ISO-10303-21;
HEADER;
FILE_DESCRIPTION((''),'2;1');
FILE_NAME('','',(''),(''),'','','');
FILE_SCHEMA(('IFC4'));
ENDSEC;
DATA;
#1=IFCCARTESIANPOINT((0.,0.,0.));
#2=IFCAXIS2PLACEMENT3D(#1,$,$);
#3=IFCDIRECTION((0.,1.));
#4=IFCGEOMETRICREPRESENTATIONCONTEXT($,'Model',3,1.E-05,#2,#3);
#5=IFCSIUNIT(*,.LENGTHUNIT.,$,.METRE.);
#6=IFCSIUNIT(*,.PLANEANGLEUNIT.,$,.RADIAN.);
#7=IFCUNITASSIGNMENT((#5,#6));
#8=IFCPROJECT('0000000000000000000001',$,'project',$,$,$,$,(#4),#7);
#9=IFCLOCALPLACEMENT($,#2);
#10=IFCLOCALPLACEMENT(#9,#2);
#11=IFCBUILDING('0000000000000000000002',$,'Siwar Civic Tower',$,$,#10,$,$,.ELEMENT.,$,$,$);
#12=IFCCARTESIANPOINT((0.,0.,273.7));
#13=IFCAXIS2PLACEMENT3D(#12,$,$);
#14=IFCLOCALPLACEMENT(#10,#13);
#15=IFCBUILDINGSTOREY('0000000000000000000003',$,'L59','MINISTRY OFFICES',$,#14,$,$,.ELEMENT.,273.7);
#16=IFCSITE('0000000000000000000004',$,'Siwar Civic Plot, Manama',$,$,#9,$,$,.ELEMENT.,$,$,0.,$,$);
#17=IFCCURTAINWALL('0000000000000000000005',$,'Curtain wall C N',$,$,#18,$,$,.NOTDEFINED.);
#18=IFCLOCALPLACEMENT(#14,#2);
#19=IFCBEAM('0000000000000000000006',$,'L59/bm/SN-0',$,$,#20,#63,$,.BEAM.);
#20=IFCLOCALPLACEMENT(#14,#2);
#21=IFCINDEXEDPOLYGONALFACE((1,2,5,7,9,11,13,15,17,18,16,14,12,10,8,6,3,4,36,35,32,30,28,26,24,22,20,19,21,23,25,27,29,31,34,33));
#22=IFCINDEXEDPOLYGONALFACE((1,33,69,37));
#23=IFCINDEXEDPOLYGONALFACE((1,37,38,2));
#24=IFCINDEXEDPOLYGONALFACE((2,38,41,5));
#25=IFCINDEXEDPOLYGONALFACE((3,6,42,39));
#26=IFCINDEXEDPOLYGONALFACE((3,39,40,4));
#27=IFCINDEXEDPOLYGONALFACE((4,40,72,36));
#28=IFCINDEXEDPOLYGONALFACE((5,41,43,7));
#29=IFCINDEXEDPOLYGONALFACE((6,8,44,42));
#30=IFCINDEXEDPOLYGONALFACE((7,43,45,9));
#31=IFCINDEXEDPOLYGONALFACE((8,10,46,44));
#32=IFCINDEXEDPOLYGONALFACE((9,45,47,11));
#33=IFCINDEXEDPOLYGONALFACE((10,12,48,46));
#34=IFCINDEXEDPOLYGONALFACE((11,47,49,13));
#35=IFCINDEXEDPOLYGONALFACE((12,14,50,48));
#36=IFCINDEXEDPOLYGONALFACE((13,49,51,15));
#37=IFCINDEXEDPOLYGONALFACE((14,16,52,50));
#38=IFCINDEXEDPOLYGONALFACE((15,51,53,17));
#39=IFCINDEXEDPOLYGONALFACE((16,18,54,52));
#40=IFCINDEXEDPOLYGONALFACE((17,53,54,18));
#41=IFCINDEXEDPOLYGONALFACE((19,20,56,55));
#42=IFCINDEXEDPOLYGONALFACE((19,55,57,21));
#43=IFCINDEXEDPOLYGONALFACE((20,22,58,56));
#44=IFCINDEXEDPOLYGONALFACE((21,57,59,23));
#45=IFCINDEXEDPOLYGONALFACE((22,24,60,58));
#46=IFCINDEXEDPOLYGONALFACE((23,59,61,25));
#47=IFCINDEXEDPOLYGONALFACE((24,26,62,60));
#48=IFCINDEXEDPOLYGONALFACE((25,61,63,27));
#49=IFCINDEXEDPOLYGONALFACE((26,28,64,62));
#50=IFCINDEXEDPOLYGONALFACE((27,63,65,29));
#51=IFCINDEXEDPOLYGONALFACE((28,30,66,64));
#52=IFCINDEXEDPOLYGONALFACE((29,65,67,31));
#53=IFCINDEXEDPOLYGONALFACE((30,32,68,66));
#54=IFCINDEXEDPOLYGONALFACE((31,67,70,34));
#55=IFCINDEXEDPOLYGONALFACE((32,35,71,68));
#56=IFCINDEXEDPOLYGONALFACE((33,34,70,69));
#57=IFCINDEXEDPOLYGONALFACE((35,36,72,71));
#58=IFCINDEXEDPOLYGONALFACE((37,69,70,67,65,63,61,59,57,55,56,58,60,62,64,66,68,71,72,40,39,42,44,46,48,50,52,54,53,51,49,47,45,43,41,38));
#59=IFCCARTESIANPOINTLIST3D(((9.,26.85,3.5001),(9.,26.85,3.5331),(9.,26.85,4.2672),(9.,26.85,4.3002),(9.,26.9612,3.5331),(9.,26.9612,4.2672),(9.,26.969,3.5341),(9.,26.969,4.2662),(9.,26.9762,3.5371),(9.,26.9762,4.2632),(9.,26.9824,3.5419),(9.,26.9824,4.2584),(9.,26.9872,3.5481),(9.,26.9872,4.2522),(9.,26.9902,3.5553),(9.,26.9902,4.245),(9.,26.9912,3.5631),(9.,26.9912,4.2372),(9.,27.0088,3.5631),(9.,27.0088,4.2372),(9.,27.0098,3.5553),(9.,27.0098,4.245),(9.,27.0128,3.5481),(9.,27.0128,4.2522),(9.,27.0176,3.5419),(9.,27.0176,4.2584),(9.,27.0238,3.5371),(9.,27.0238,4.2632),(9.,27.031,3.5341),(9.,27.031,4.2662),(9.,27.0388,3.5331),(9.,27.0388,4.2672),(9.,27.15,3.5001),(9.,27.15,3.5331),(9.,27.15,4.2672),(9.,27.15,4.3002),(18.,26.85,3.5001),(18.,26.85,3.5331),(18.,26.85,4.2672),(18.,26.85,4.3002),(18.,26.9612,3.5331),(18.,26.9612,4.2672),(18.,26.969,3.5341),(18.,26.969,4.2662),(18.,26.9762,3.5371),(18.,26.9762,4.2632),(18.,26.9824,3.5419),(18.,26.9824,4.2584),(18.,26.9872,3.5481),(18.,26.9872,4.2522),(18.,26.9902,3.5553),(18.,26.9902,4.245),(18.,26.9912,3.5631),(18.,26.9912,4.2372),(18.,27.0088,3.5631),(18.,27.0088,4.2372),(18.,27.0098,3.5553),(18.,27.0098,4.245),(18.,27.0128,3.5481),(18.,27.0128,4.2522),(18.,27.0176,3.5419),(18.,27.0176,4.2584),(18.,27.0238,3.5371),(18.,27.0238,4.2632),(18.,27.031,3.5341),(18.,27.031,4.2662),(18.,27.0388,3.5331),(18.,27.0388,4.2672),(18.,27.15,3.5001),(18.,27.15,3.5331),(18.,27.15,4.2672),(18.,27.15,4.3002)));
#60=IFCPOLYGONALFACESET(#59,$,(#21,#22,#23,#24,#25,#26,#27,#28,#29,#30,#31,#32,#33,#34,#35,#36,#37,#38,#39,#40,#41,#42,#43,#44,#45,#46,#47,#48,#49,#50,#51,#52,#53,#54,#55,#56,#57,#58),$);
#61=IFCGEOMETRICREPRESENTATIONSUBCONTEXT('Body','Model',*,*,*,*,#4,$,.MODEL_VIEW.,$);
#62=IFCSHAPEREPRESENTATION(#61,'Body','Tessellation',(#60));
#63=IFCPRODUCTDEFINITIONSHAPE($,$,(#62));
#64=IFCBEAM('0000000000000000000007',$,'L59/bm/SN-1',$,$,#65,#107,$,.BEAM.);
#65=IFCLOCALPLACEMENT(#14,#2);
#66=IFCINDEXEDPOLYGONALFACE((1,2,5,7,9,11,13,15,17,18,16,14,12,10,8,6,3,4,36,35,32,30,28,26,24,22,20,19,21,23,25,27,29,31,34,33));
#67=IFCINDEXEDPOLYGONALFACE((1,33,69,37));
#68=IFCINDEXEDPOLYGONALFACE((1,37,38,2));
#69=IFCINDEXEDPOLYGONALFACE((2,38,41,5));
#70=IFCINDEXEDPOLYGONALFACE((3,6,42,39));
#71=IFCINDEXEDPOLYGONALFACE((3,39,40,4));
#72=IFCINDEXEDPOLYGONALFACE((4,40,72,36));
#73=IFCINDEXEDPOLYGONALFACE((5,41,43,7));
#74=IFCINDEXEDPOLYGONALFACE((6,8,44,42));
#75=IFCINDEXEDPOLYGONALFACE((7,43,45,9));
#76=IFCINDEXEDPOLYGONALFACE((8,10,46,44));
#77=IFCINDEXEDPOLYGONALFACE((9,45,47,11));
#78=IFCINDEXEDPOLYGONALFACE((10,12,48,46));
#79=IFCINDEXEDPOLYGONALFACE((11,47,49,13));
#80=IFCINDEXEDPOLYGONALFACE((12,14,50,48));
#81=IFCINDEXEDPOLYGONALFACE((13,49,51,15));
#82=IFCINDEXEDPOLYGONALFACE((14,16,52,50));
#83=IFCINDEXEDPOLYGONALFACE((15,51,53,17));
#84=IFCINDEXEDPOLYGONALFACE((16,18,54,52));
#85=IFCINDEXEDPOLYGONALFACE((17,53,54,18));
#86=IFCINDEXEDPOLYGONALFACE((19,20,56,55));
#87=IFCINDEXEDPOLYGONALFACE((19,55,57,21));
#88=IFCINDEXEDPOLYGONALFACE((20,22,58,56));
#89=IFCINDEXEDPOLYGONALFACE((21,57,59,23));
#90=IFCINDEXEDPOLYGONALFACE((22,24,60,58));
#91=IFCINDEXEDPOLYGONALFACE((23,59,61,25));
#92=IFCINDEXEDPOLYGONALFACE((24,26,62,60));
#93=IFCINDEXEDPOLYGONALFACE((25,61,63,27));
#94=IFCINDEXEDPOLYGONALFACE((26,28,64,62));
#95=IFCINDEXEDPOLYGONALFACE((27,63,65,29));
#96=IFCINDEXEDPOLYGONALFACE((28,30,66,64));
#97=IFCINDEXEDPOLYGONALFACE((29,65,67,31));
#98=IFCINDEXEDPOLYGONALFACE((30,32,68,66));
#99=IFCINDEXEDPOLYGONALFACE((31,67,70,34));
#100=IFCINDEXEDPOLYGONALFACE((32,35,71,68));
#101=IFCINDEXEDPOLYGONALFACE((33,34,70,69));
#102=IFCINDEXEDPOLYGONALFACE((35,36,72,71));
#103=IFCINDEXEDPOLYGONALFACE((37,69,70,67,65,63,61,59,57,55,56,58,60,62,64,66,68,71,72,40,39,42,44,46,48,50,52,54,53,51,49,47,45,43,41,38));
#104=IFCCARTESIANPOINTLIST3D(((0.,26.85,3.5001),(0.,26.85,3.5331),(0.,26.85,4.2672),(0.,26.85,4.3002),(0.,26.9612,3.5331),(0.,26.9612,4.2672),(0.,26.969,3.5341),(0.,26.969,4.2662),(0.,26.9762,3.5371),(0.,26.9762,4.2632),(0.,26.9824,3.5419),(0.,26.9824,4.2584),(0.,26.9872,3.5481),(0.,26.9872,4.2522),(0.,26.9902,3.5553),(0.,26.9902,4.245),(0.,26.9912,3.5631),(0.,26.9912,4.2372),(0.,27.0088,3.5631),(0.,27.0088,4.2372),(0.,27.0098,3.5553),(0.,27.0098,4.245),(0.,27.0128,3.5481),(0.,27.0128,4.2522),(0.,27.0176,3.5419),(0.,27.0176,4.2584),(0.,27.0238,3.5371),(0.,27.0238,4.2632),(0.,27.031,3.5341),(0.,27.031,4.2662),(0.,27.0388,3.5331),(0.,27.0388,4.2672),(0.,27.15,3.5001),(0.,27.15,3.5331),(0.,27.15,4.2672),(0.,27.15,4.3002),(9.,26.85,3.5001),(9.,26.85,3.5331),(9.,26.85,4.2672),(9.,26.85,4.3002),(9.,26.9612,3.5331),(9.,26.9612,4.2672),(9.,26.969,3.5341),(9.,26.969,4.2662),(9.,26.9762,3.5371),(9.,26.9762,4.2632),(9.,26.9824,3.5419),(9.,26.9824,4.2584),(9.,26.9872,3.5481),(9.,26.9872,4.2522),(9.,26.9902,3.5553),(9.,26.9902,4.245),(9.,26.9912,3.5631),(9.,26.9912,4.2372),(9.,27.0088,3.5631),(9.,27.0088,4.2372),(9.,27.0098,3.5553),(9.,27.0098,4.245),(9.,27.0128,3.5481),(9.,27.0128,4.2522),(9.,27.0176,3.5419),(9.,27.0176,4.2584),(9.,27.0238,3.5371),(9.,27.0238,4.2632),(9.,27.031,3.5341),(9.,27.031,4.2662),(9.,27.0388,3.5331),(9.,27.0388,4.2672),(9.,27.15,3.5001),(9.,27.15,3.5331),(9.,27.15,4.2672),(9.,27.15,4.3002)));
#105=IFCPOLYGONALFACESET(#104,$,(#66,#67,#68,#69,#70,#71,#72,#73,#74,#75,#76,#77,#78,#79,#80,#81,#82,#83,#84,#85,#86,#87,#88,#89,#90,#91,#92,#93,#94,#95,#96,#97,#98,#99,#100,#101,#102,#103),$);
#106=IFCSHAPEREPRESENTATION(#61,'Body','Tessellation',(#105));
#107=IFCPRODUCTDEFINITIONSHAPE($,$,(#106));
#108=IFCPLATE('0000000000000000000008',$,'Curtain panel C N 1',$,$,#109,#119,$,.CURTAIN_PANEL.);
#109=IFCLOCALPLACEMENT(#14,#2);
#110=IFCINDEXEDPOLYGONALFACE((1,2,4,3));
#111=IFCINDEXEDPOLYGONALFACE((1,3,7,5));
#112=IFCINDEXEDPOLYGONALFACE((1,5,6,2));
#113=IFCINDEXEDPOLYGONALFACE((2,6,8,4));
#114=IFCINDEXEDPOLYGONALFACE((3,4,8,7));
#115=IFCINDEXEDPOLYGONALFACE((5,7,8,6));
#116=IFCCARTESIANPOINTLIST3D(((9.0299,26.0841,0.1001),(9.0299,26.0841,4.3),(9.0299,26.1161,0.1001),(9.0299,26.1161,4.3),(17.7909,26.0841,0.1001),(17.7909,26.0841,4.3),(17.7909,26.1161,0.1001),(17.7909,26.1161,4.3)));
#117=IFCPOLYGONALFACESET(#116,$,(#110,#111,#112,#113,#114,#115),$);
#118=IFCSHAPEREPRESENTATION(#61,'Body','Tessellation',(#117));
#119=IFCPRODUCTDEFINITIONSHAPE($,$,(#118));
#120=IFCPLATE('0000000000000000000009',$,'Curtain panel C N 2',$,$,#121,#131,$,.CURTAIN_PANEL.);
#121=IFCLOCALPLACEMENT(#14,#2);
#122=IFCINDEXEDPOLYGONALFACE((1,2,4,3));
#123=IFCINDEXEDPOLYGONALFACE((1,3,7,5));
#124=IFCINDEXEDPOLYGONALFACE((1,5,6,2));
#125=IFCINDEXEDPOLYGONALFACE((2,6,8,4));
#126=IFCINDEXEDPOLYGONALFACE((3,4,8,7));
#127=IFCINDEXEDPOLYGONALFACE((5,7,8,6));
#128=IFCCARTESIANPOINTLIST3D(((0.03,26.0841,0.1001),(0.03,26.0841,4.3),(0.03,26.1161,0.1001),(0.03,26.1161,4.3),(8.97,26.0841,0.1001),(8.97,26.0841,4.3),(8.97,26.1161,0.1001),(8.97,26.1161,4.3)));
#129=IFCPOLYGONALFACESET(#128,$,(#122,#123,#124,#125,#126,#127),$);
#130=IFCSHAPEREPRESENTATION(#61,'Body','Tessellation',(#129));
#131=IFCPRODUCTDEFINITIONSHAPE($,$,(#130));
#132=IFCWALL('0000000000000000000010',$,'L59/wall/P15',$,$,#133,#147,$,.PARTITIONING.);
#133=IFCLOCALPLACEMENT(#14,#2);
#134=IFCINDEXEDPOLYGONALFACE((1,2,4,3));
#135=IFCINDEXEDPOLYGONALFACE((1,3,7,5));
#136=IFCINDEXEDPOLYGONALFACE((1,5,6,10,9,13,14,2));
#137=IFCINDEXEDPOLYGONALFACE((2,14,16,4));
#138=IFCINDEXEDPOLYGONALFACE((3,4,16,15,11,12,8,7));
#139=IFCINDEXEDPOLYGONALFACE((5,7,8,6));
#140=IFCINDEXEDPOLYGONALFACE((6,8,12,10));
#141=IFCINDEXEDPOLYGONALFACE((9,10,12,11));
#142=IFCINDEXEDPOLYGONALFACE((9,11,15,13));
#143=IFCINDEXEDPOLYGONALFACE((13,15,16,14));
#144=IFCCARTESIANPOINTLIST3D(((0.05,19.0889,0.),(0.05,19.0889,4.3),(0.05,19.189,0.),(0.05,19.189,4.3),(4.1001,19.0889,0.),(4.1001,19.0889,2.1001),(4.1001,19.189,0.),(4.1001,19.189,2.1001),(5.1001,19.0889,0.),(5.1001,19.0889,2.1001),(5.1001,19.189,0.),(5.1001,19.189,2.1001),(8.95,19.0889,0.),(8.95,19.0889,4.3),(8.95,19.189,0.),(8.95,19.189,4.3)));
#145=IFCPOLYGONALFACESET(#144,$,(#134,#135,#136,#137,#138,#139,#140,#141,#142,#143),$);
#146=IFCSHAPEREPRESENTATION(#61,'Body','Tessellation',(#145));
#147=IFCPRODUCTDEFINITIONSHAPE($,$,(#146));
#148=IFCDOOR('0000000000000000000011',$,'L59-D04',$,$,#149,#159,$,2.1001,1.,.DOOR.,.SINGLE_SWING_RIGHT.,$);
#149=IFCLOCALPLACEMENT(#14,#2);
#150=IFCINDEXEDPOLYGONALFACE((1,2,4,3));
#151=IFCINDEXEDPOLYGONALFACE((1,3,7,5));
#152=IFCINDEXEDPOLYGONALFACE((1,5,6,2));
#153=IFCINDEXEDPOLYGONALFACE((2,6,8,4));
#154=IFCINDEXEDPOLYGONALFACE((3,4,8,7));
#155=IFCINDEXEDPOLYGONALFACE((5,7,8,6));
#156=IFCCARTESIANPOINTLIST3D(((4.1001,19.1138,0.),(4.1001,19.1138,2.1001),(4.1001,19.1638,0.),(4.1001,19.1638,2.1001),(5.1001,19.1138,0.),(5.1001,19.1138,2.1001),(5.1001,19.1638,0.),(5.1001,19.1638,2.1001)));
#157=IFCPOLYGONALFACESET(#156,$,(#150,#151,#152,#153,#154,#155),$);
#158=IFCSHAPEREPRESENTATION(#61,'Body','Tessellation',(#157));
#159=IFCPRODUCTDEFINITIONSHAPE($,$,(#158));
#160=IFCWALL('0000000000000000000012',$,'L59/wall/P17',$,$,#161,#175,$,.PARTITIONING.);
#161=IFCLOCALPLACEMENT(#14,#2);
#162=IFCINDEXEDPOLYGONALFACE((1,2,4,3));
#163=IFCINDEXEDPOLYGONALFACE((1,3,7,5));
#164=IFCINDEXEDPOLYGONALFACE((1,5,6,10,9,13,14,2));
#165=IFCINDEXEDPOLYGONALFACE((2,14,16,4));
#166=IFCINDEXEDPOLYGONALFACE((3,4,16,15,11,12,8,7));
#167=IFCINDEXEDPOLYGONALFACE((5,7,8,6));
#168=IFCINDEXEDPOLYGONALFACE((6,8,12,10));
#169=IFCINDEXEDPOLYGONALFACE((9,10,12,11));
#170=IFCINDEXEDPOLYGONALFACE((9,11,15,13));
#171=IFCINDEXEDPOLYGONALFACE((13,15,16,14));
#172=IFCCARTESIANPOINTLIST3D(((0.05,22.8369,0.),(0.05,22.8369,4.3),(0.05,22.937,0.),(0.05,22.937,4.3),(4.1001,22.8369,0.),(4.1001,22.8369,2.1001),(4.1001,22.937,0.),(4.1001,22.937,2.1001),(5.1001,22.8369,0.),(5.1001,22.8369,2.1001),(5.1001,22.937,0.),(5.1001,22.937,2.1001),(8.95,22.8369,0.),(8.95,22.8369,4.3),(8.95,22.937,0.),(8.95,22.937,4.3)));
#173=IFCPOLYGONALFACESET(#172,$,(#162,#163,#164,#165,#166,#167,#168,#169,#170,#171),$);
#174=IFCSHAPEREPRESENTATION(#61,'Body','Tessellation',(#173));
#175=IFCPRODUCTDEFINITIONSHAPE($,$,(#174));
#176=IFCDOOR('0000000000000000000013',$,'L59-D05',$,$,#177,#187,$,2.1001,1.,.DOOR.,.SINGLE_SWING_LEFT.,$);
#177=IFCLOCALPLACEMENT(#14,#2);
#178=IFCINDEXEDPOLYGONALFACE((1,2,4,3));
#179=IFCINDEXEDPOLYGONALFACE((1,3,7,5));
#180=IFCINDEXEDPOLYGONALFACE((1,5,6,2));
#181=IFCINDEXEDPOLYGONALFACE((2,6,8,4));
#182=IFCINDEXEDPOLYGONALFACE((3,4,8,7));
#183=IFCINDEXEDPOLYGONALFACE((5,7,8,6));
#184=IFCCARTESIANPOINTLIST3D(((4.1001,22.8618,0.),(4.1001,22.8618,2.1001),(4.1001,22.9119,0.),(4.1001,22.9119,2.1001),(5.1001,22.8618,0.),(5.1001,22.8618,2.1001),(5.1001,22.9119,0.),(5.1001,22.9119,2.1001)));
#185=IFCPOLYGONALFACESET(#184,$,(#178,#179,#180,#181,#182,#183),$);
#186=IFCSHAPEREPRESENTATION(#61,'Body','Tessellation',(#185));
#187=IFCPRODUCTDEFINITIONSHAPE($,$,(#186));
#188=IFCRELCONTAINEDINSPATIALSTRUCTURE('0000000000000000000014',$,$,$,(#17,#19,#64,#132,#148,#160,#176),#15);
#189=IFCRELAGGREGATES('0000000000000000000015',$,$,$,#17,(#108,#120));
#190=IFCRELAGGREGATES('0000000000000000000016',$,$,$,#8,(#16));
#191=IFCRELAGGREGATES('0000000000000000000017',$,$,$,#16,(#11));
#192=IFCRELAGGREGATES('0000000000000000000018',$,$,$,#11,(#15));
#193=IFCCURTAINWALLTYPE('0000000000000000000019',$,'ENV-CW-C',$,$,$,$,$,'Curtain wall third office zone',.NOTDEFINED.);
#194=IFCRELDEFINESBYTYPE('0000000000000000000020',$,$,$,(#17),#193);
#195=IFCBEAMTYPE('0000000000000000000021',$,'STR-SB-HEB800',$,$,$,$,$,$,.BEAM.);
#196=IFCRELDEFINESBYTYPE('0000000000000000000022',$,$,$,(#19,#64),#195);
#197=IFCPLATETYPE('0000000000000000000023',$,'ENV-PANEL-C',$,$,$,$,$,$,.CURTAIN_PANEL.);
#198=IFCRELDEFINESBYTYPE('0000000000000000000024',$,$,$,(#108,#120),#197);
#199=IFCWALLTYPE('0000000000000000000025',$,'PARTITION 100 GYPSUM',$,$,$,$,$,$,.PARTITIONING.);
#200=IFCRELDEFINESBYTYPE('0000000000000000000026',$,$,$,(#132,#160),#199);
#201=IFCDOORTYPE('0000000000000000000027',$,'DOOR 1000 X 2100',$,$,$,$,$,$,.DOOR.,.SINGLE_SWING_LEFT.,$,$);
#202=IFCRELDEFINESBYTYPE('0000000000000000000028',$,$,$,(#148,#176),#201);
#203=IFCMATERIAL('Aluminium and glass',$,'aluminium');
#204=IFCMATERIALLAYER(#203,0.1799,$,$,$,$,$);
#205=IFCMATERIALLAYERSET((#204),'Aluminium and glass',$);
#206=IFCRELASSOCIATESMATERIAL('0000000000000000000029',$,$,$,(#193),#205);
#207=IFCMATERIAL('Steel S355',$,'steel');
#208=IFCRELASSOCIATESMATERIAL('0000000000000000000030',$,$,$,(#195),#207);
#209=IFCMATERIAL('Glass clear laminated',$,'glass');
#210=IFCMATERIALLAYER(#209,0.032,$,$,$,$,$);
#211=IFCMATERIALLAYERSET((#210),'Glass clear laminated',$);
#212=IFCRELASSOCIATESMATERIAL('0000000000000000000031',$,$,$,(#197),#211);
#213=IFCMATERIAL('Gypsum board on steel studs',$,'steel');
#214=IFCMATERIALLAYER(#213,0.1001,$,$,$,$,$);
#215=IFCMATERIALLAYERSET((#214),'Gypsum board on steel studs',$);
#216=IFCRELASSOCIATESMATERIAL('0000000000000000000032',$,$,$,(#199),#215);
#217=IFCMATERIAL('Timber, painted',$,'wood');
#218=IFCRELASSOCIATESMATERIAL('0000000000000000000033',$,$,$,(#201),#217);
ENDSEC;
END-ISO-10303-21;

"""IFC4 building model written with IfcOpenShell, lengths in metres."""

from ifc_helpers import new_model, si_unit, direction, frame, frame_2d, origin, origin_2d, place, context, subcontext, project, spatial, rectangle, i_section, extrude, material, layer, layer_set, material_profile, profile_set, type_object, element, fill, aggregate, save


model = new_model("IFC4")

# Units and contexts
model_context = context("Model", 3, precision=1e-05, world=origin(), true_north=direction((0.0, 1.0)))
body_context = subcontext(model_context, "Body", "Model", "MODEL_VIEW")
ifc_project = project(units=[si_unit("LENGTHUNIT", "METRE"), si_unit("PLANEANGLEUNIT", "RADIAN")], contexts=[model_context])

# Site, building, storey
site_placement = place(None, origin())
site = spatial("IfcSite", under=ifc_project, at=site_placement, Name="Siwar Civic Plot, Manama", CompositionType="ELEMENT", RefElevation=0.0)
building_placement = place(site_placement, origin())
building = spatial("IfcBuilding", under=site, at=building_placement, Name="Siwar Civic Tower", CompositionType="ELEMENT")
storey_placement = place(building_placement, frame((0.0, 0.0, 273.7)))
storey = spatial("IfcBuildingStorey", under=building, at=storey_placement, Name="L59", Description="MINISTRY OFFICES", CompositionType="ELEMENT", Elevation=273.7)

# Curtain wall
ifc_material_1 = material(Name="Aluminium and glass", Category="aluminium")
ifc_layer_1 = layer(ifc_material_1, 0.1799)
ifc_layer_set_1 = layer_set([ifc_layer_1], Name="Aluminium and glass")
curtain_wall_type = type_object("IfcCurtainWallType", Name="ENV-CW-C", ElementType="Curtain wall third office zone", PredefinedType="NOTDEFINED", material=ifc_layer_set_1)
curtain_wall_placement = place(storey_placement, origin())
curtain_wall = element("IfcCurtainWall", 1, at=curtain_wall_placement, inside=storey, type_object=curtain_wall_type, Name="Curtain wall C N", PredefinedType="NOTDEFINED")

# Beams
ifc_material_2 = material(Name="Steel S355", Category="steel")
ifc_material_profile_1 = material_profile(ifc_material_2, i_section(OverallWidth=0.3, OverallDepth=0.8, WebThickness=0.0176, FlangeThickness=0.033, FilletRadius=0.03, at=origin_2d()), Name="HEB800")
ifc_profile_set_1 = profile_set([ifc_material_profile_1], Name="Steel S355")
beam_type_1 = type_object("IfcBeamType", Name="STR-SB-HEB800", PredefinedType="BEAM", material=ifc_profile_set_1)
for number, where, z_axis, x_axis, name in (
    (2, (18.0, 27.0, 3.9001), (-1.0, 0.0, 0.0), (0.0, -1.0, 0.0), "L59/bm/SN-0"),
    (3, (9.0, 27.0, 3.9001), (-1.0, 0.0, 0.0), (0.0, -1.0, 0.0), "L59/bm/SN-1"),
):
    element("IfcBeam", number, at=place(storey_placement, frame(where, z_axis=z_axis, x_axis=x_axis)), inside=storey, type_object=beam_type_1, Name=name, PredefinedType="BEAM", context=body_context, shape_type="SweptSolid", body=[
        extrude(i_section(OverallWidth=0.3, OverallDepth=0.8, WebThickness=0.0176, FlangeThickness=0.033, FilletRadius=0.03, at=origin_2d()), origin(), (0.0, 0.0, 1.0), 9.0),
    ])

# Plates
ifc_material_3 = material(Name="Glass clear laminated", Category="glass")
ifc_layer_2 = layer(ifc_material_3, 0.032)
ifc_layer_set_2 = layer_set([ifc_layer_2], Name="Glass clear laminated")
plate_type = type_object("IfcPlateType", Name="ENV-PANEL-C", PredefinedType="CURTAIN_PANEL", material=ifc_layer_set_2)
plate_1_placement = place(storey_placement, frame((13.4104, 26.1001, 0.1001), z_axis=(0.0, 0.0, 1.0), x_axis=(-1.0, 0.0, 0.0)))
plate_1 = element("IfcPlate", 4, at=plate_1_placement, type_object=plate_type, Name="Curtain panel C N 1", PredefinedType="CURTAIN_PANEL", context=body_context, shape_type="SweptSolid", body=[
    extrude(rectangle(XDim=8.761, YDim=0.032, at=origin_2d()), origin(), (0.0, 0.0, 1.0), 4.2),
])
plate_2_placement = place(storey_placement, frame((4.5, 26.1001, 0.1001), z_axis=(0.0, 0.0, 1.0), x_axis=(-1.0, 0.0, 0.0)))
plate_2 = element("IfcPlate", 5, at=plate_2_placement, type_object=plate_type, Name="Curtain panel C N 2", PredefinedType="CURTAIN_PANEL", context=body_context, shape_type="SweptSolid", body=[
    extrude(rectangle(XDim=8.9399, YDim=0.032, at=origin_2d()), origin(), (0.0, 0.0, 1.0), 4.2),
])
aggregate(curtain_wall, [plate_1, plate_2])

# Walls, openings, doors
ifc_material_4 = material(Name="Gypsum board on steel studs", Category="steel")
ifc_layer_3 = layer(ifc_material_4, 0.1001)
ifc_layer_set_3 = layer_set([ifc_layer_3], Name="Gypsum board on steel studs")
wall_type = type_object("IfcWallType", Name="PARTITION 100 GYPSUM", PredefinedType="PARTITIONING", material=ifc_layer_set_3)
wall_1_placement = place(storey_placement, frame((0.05, 19.1389, 0.0), z_axis=(0.0, 0.0, 1.0), x_axis=(1.0, 0.0, 0.0)))
wall_1 = element("IfcWall", 6, at=wall_1_placement, inside=storey, type_object=wall_type, Name="L59/wall/P15", PredefinedType="PARTITIONING", context=body_context, shape_type="SweptSolid", body=[
    extrude(rectangle(XDim=8.8999, YDim=0.1001, at=frame_2d((4.45, 0.0))), origin(), (0.0, 0.0, 1.0), 4.3),
])
opening_1_placement = place(wall_1_placement, frame((4.05, 0.0, 0.0)))
opening_1 = element("IfcOpeningElement", 7, at=opening_1_placement, cuts=wall_1, PredefinedType="OPENING", context=body_context, shape_type="SweptSolid", body=[
    extrude(rectangle(XDim=1.0, YDim=2.1001, at=frame_2d((0.5, 1.05))), frame((0.0, 0.0601, 0.0), z_axis=(0.0, -1.0, 0.0), x_axis=(1.0, 0.0, 0.0)), (0.0, 0.0, 1.0), 0.1201),
])
ifc_material_5 = material(Name="Timber, painted", Category="wood")
door_type = type_object("IfcDoorType", Name="DOOR 1000 X 2100", OperationType="SINGLE_SWING_LEFT", PredefinedType="DOOR", material=ifc_material_5)
door_1_placement = place(opening_1_placement, origin())
door_1 = element("IfcDoor", 8, at=door_1_placement, inside=storey, type_object=door_type, Name="L59-D04", OperationType="SINGLE_SWING_RIGHT", OverallHeight=2.1001, OverallWidth=1.0, PredefinedType="DOOR", context=body_context, shape_type="SweptSolid", body=[
    extrude(rectangle(XDim=1.0, YDim=2.1001, at=frame_2d((0.5, 1.05))), frame((0.0, 0.0249, 0.0), z_axis=(0.0, -1.0, 0.0), x_axis=(1.0, 0.0, 0.0)), (0.0, 0.0, 1.0), 0.05),
])
fill(opening_1, door_1)
wall_2_placement = place(storey_placement, frame((0.05, 22.887, 0.0), z_axis=(0.0, 0.0, 1.0), x_axis=(1.0, 0.0, 0.0)))
wall_2 = element("IfcWall", 9, at=wall_2_placement, inside=storey, type_object=wall_type, Name="L59/wall/P17", PredefinedType="PARTITIONING", context=body_context, shape_type="SweptSolid", body=[
    extrude(rectangle(XDim=8.8999, YDim=0.1001, at=frame_2d((4.45, 0.0))), origin(), (0.0, 0.0, 1.0), 4.3),
])
opening_2_placement = place(wall_2_placement, frame((4.05, 0.0, 0.0)))
opening_2 = element("IfcOpeningElement", 10, at=opening_2_placement, cuts=wall_2, PredefinedType="OPENING", context=body_context, shape_type="SweptSolid", body=[
    extrude(rectangle(XDim=1.0, YDim=2.1001, at=frame_2d((0.5, 1.05))), frame((0.0, 0.0601, 0.0), z_axis=(0.0, -1.0, 0.0), x_axis=(1.0, 0.0, 0.0)), (0.0, 0.0, 1.0), 0.1201),
])
door_2_placement = place(opening_2_placement, origin())
door_2 = element("IfcDoor", 11, at=door_2_placement, inside=storey, type_object=door_type, Name="L59-D05", OperationType="SINGLE_SWING_LEFT", OverallHeight=2.1001, OverallWidth=1.0, PredefinedType="DOOR", context=body_context, shape_type="SweptSolid", body=[
    extrude(rectangle(XDim=1.0, YDim=2.1001, at=frame_2d((0.5, 1.05))), frame((0.0, 0.0249, 0.0), z_axis=(0.0, -1.0, 0.0), x_axis=(1.0, 0.0, 0.0)), (0.0, 0.0, 1.0), 0.05),
])
fill(opening_2, door_2)

save(model, "model.ifc")
